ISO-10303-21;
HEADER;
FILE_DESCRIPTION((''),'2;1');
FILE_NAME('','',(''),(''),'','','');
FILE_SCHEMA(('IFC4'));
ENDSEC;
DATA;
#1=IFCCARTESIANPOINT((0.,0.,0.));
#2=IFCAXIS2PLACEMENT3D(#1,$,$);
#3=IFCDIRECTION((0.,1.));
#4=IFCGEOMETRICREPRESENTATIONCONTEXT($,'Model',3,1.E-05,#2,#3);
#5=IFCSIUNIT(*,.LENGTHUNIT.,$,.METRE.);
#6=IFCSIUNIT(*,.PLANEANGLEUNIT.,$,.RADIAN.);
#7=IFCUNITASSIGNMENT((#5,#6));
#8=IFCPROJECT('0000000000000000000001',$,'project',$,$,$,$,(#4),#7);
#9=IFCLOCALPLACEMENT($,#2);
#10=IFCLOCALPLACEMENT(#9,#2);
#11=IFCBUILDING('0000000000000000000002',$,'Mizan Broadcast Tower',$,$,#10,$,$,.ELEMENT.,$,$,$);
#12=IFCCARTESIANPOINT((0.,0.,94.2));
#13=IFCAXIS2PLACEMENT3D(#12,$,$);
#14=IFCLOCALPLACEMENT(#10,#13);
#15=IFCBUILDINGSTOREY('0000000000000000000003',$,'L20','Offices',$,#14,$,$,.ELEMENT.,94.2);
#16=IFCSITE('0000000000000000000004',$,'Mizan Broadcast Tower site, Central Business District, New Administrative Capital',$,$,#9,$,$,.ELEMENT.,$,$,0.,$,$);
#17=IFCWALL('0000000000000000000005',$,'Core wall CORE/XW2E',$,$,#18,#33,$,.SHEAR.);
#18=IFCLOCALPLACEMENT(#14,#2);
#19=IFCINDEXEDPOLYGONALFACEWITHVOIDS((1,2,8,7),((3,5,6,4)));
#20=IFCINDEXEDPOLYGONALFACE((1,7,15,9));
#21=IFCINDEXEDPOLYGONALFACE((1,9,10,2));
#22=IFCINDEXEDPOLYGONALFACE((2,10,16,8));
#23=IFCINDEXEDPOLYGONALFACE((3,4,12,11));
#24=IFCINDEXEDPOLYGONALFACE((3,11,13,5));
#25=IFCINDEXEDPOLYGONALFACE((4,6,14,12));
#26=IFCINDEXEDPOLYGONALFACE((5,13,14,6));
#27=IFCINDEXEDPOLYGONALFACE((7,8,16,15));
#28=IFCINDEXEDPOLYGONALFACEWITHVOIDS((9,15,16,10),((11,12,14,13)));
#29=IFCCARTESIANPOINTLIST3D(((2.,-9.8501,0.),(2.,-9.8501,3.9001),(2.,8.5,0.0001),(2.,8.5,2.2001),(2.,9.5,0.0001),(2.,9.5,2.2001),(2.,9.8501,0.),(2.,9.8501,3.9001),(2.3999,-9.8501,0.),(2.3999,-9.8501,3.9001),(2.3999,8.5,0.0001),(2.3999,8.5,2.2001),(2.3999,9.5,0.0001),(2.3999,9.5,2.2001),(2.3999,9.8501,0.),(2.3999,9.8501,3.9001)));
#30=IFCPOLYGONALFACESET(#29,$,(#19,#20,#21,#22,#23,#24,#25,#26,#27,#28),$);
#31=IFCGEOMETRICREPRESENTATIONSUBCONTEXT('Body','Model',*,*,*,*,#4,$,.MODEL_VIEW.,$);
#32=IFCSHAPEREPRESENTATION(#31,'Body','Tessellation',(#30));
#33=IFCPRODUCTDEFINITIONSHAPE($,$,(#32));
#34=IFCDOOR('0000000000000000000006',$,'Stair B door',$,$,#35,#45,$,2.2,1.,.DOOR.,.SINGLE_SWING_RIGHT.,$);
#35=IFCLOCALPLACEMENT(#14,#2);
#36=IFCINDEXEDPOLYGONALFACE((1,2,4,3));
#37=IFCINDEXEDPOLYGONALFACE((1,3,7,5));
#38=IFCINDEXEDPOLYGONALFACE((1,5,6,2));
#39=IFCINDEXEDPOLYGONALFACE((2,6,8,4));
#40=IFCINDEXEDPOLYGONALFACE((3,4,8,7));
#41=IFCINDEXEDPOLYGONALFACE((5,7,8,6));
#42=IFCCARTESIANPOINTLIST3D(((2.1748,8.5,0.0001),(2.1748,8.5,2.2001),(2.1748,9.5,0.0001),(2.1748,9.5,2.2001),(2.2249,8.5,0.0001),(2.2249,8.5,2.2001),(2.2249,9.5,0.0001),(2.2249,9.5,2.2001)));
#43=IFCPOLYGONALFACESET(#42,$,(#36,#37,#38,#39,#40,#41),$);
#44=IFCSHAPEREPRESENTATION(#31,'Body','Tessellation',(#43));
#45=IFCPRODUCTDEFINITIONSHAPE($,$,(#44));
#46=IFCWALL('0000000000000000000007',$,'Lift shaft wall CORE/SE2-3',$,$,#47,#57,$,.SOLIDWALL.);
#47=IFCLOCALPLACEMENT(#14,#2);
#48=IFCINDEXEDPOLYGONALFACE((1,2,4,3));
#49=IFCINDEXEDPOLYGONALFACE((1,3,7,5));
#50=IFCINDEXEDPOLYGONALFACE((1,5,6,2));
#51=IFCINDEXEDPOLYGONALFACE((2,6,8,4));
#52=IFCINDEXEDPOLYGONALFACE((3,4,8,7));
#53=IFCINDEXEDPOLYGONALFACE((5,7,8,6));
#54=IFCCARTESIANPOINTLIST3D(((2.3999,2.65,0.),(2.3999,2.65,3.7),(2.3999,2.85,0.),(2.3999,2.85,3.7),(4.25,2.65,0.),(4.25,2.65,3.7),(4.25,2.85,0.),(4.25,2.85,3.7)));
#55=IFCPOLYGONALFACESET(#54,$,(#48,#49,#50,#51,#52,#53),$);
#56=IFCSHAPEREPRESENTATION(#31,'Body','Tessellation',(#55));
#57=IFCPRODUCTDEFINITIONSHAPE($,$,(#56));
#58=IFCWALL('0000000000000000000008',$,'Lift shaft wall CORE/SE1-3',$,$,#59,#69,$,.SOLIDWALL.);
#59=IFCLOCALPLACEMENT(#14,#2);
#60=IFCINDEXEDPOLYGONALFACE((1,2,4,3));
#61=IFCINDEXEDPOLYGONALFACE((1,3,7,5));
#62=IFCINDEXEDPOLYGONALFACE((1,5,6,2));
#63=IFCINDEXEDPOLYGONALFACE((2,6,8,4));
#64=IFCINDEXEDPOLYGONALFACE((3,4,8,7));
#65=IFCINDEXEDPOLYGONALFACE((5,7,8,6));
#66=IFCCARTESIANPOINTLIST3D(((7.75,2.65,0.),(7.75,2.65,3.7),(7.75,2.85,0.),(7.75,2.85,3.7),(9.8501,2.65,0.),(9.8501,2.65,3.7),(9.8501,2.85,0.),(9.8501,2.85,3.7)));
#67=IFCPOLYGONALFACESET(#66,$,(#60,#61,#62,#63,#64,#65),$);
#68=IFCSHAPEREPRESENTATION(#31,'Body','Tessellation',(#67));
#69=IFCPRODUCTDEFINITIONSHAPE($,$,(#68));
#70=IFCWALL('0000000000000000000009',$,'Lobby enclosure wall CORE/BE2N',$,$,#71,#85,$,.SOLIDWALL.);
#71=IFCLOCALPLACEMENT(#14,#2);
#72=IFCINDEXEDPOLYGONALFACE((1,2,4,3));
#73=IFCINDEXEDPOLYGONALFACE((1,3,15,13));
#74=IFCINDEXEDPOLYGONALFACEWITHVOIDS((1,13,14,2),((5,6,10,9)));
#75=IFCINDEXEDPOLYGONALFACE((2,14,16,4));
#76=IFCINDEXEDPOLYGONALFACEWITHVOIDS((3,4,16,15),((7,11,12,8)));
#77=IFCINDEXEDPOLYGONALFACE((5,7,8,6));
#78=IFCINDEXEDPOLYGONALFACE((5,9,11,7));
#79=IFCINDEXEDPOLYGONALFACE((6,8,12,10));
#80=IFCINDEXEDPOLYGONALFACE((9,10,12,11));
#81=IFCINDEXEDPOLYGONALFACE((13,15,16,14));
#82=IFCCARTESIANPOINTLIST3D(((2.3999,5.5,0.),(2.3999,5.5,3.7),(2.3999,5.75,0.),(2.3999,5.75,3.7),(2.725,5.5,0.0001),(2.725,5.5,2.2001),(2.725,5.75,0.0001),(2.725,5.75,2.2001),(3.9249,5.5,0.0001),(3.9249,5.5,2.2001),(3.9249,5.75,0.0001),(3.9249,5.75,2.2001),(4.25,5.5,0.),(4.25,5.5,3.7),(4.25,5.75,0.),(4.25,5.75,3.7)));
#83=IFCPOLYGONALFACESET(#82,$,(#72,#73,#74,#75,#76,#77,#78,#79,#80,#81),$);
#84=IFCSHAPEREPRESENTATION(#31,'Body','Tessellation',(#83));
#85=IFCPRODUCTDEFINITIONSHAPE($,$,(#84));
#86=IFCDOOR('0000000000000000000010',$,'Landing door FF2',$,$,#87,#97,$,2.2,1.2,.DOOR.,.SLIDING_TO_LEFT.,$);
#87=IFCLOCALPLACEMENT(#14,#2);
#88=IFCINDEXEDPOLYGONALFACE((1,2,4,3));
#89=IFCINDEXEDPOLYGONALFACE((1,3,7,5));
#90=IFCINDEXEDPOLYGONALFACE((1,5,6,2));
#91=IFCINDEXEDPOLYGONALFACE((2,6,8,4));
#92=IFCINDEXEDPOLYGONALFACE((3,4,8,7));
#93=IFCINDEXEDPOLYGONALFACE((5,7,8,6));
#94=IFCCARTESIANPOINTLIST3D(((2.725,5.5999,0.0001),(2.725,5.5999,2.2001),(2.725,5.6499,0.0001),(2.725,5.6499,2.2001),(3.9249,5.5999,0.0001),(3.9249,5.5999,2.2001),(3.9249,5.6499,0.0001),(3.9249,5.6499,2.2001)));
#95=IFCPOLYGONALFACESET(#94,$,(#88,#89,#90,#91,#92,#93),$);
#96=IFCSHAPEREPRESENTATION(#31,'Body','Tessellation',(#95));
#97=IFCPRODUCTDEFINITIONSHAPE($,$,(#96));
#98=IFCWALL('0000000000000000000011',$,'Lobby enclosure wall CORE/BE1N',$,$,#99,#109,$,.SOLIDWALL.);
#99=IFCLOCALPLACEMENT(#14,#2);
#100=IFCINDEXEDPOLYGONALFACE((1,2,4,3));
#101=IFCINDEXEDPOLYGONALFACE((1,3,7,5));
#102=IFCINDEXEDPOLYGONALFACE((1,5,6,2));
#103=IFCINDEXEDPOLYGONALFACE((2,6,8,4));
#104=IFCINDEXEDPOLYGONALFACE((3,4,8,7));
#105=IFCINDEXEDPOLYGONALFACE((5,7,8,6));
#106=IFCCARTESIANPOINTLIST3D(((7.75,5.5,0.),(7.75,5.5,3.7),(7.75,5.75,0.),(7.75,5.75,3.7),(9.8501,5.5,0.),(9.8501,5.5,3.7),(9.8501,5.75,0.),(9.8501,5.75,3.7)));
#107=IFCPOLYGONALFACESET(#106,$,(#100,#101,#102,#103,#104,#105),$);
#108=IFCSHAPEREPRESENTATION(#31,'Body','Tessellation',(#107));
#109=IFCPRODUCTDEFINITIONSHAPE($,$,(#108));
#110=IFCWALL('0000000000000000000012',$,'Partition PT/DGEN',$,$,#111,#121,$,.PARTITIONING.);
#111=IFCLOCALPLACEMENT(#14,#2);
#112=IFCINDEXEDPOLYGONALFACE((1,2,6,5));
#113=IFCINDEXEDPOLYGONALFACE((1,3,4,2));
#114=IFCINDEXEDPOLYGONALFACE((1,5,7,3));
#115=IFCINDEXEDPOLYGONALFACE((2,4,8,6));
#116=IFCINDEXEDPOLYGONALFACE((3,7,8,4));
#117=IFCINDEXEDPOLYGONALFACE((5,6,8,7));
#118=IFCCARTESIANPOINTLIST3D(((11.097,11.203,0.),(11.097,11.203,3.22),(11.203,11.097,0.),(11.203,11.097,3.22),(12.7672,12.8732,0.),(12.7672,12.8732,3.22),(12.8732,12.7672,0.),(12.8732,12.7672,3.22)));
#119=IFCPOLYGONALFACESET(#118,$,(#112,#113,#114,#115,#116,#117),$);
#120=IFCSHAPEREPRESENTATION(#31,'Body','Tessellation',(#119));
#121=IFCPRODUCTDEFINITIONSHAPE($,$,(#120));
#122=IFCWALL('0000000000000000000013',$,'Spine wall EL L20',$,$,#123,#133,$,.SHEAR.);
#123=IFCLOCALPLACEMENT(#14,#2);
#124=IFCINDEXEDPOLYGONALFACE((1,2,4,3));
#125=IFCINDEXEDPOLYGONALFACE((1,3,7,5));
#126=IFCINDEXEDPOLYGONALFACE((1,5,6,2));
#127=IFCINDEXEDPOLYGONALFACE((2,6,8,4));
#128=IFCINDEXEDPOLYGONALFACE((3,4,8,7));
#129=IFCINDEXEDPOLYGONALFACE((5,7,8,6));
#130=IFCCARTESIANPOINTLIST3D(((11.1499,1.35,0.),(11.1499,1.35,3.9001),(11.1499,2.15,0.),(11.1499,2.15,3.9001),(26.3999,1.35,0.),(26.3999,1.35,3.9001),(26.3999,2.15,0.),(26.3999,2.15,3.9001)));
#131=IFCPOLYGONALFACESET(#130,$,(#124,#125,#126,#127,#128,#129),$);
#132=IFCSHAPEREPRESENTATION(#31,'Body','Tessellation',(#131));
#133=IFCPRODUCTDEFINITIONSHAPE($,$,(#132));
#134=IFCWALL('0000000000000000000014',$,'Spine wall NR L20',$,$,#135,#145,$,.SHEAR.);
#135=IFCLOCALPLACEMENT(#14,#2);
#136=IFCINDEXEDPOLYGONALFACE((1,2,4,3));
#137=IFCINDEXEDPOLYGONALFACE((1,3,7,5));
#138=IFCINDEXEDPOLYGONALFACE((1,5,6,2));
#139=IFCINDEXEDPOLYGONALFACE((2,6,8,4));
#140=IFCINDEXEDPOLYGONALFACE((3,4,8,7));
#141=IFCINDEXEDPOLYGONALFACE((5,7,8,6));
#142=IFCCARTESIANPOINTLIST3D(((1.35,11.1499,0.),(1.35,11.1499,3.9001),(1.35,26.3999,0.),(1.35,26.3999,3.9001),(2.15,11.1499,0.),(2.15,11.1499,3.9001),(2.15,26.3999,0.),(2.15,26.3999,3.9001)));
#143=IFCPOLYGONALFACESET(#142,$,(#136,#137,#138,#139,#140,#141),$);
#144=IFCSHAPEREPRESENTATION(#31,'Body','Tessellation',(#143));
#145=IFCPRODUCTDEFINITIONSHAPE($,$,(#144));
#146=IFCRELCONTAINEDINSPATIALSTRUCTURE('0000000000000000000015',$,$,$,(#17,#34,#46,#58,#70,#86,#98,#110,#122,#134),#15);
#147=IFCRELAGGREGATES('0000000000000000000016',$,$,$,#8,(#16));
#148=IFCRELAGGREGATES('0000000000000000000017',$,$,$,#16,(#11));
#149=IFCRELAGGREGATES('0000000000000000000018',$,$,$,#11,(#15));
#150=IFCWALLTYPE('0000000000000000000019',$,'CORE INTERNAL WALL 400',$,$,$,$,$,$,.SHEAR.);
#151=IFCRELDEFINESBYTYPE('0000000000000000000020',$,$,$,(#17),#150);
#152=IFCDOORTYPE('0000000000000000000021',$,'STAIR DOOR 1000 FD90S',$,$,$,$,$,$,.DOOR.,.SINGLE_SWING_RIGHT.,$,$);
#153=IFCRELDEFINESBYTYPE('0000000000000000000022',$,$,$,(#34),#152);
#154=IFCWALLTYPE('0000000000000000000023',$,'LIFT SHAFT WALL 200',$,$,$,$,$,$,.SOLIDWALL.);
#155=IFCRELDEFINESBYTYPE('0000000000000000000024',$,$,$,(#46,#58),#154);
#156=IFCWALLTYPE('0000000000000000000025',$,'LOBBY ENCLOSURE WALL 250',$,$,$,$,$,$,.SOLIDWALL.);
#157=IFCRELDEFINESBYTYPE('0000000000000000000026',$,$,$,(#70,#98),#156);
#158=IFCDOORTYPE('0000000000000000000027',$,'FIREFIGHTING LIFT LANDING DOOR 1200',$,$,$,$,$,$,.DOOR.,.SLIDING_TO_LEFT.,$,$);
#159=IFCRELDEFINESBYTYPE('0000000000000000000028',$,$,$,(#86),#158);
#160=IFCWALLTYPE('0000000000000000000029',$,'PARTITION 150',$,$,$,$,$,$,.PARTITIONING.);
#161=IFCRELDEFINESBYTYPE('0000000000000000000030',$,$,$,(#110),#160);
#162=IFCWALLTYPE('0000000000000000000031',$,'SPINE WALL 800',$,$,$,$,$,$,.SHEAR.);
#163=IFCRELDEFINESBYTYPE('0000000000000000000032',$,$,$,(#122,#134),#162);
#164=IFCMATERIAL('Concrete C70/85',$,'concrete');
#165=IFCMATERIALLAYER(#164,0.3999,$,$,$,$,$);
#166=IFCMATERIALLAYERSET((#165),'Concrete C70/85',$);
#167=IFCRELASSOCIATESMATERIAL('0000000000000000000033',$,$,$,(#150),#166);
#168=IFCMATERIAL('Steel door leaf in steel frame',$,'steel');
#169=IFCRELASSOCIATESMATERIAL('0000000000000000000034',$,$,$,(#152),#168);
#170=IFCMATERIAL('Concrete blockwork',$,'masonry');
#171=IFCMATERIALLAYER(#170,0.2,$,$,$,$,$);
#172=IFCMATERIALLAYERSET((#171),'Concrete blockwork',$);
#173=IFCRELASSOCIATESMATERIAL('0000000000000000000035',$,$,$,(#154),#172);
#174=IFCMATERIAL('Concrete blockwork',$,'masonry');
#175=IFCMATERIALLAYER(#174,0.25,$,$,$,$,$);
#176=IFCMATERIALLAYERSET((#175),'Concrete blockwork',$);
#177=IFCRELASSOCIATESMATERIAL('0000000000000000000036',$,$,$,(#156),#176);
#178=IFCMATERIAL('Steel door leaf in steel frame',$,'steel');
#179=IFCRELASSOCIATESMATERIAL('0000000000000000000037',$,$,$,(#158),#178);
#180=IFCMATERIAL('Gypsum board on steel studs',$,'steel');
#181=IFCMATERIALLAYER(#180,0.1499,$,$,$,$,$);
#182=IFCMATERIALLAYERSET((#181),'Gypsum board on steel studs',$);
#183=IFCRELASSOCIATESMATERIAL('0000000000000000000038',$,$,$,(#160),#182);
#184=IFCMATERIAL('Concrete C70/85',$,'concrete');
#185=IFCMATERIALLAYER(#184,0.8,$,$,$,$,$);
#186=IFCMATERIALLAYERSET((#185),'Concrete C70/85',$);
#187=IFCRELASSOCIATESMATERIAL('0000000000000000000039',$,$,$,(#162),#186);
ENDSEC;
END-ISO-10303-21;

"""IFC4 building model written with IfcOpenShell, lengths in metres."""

from ifc_helpers import new_model, si_unit, direction, frame, frame_2d, origin, place, context, subcontext, project, spatial, rectangle, extrude, material, layer, layer_set, type_object, element, fill, save


model = new_model("IFC4")

# Units and contexts
model_context = context("Model", 3, precision=1e-05, world=origin(), true_north=direction((0.0, 1.0)))
body_context = subcontext(model_context, "Body", "Model", "MODEL_VIEW")
ifc_project = project(units=[si_unit("LENGTHUNIT", "METRE"), si_unit("PLANEANGLEUNIT", "RADIAN")], contexts=[model_context])

# Site, building, storey
site_placement = place(None, origin())
site = spatial("IfcSite", under=ifc_project, at=site_placement, Name="Mizan Broadcast Tower site, Central Business District, New Administrative Capital", CompositionType="ELEMENT", RefElevation=0.0)
building_placement = place(site_placement, origin())
building = spatial("IfcBuilding", under=site, at=building_placement, Name="Mizan Broadcast Tower", CompositionType="ELEMENT")
storey_placement = place(building_placement, frame((0.0, 0.0, 94.2)))
storey = spatial("IfcBuildingStorey", under=building, at=storey_placement, Name="L20", Description="Offices", CompositionType="ELEMENT", Elevation=94.2)

# Shared definitions
ifc_material_1 = material(Name="Concrete C70/85", Category="concrete")
ifc_layer_1 = layer(ifc_material_1, 0.3999)
ifc_layer_set_1 = layer_set([ifc_layer_1], Name="Concrete C70/85")
wall_type_1 = type_object("IfcWallType", Name="CORE INTERNAL WALL 400", PredefinedType="SHEAR", material=ifc_layer_set_1)

# Wall, opening, door
wall_1_placement = place(storey_placement, frame((2.2, 9.8501, 0.0), z_axis=(0.0, 0.0, 1.0), x_axis=(0.0, -1.0, 0.0)))
wall_1 = element("IfcWall", 1, at=wall_1_placement, inside=storey, type_object=wall_type_1, Name="Core wall CORE/XW2E", PredefinedType="SHEAR", context=body_context, shape_type="SweptSolid", body=[
    extrude(rectangle(XDim=19.7002, YDim=0.3999, at=frame_2d((9.8501, 0.0))), origin(), (0.0, 0.0, 1.0), 3.9001),
])
opening_1_placement = place(wall_1_placement, frame((0.3501, 0.0, 0.0)))
opening_1 = element("IfcOpeningElement", 2, at=opening_1_placement, cuts=wall_1, PredefinedType="OPENING", context=body_context, shape_type="SweptSolid", body=[
    extrude(rectangle(XDim=1.0, YDim=2.2, at=frame_2d((0.5, 1.1001))), frame((0.0, 0.21, 0.0), z_axis=(0.0, -1.0, 0.0), x_axis=(1.0, 0.0, 0.0)), (0.0, 0.0, 1.0), 0.4199),
])
ifc_material_2 = material(Name="Steel door leaf in steel frame", Category="steel")
door_type_1 = type_object("IfcDoorType", Name="STAIR DOOR 1000 FD90S", OperationType="SINGLE_SWING_RIGHT", PredefinedType="DOOR", material=ifc_material_2)
door_1_placement = place(opening_1_placement, origin())
door_1 = element("IfcDoor", 3, at=door_1_placement, inside=storey, type_object=door_type_1, Name="Stair B door", OperationType="SINGLE_SWING_RIGHT", OverallHeight=2.2, OverallWidth=1.0, PredefinedType="DOOR", context=body_context, shape_type="SweptSolid", body=[
    extrude(rectangle(XDim=1.0, YDim=2.2, at=frame_2d((0.5, 1.1001))), frame((0.0, 0.0249, 0.0), z_axis=(0.0, -1.0, 0.0), x_axis=(1.0, 0.0, 0.0)), (0.0, 0.0, 1.0), 0.05),
])
fill(opening_1, door_1)

# Walls
ifc_material_3 = material(Name="Concrete blockwork", Category="masonry")
ifc_layer_2 = layer(ifc_material_3, 0.2)
ifc_layer_set_2 = layer_set([ifc_layer_2], Name="Concrete blockwork")
wall_type_2 = type_object("IfcWallType", Name="LIFT SHAFT WALL 200", PredefinedType="SOLIDWALL", material=ifc_layer_set_2)
wall_2_placement = place(storey_placement, frame((2.3999, 2.75, 0.0), z_axis=(0.0, 0.0, 1.0), x_axis=(1.0, 0.0, 0.0)))
element("IfcWall", 4, at=wall_2_placement, inside=storey, type_object=wall_type_2, Name="Lift shaft wall CORE/SE2-3", PredefinedType="SOLIDWALL", context=body_context, shape_type="SweptSolid", body=[
    extrude(rectangle(XDim=1.8501, YDim=0.2, at=frame_2d((0.925, 0.0))), origin(), (0.0, 0.0, 1.0), 3.7),
])
wall_3_placement = place(storey_placement, frame((7.75, 2.75, 0.0), z_axis=(0.0, 0.0, 1.0), x_axis=(1.0, 0.0, 0.0)))
element("IfcWall", 5, at=wall_3_placement, inside=storey, type_object=wall_type_2, Name="Lift shaft wall CORE/SE1-3", PredefinedType="SOLIDWALL", context=body_context, shape_type="SweptSolid", body=[
    extrude(rectangle(XDim=2.1001, YDim=0.2, at=frame_2d((1.05, 0.0))), origin(), (0.0, 0.0, 1.0), 3.7),
])

# Wall, opening, door
ifc_material_4 = material(Name="Concrete blockwork", Category="masonry")
ifc_layer_3 = layer(ifc_material_4, 0.25)
ifc_layer_set_3 = layer_set([ifc_layer_3], Name="Concrete blockwork")
wall_type_3 = type_object("IfcWallType", Name="LOBBY ENCLOSURE WALL 250", PredefinedType="SOLIDWALL", material=ifc_layer_set_3)
wall_4_placement = place(storey_placement, frame((2.3999, 5.625, 0.0), z_axis=(0.0, 0.0, 1.0), x_axis=(1.0, 0.0, 0.0)))
wall_4 = element("IfcWall", 6, at=wall_4_placement, inside=storey, type_object=wall_type_3, Name="Lobby enclosure wall CORE/BE2N", PredefinedType="SOLIDWALL", context=body_context, shape_type="SweptSolid", body=[
    extrude(rectangle(XDim=1.8501, YDim=0.25, at=frame_2d((0.925, 0.0))), origin(), (0.0, 0.0, 1.0), 3.7),
])
opening_2_placement = place(wall_4_placement, frame((0.325, 0.0, 0.0)))
opening_2 = element("IfcOpeningElement", 7, at=opening_2_placement, cuts=wall_4, PredefinedType="OPENING", context=body_context, shape_type="SweptSolid", body=[
    extrude(rectangle(XDim=1.2, YDim=2.2, at=frame_2d((0.6001, 1.1001))), frame((0.0, 0.135, 0.0), z_axis=(0.0, -1.0, 0.0), x_axis=(1.0, 0.0, 0.0)), (0.0, 0.0, 1.0), 0.27),
])
ifc_material_5 = material(Name="Steel door leaf in steel frame", Category="steel")
door_type_2 = type_object("IfcDoorType", Name="FIREFIGHTING LIFT LANDING DOOR 1200", OperationType="SLIDING_TO_LEFT", PredefinedType="DOOR", material=ifc_material_5)
door_2_placement = place(opening_2_placement, origin())
door_2 = element("IfcDoor", 8, at=door_2_placement, inside=storey, type_object=door_type_2, Name="Landing door FF2", OperationType="SLIDING_TO_LEFT", OverallHeight=2.2, OverallWidth=1.2, PredefinedType="DOOR", context=body_context, shape_type="SweptSolid", body=[
    extrude(rectangle(XDim=1.2, YDim=2.2, at=frame_2d((0.6001, 1.1001))), frame((0.0, 0.0249, 0.0), z_axis=(0.0, -1.0, 0.0), x_axis=(1.0, 0.0, 0.0)), (0.0, 0.0, 1.0), 0.05),
])
fill(opening_2, door_2)

# Walls
wall_5_placement = place(storey_placement, frame((7.75, 5.625, 0.0), z_axis=(0.0, 0.0, 1.0), x_axis=(1.0, 0.0, 0.0)))
element("IfcWall", 9, at=wall_5_placement, inside=storey, type_object=wall_type_3, Name="Lobby enclosure wall CORE/BE1N", PredefinedType="SOLIDWALL", context=body_context, shape_type="SweptSolid", body=[
    extrude(rectangle(XDim=2.1001, YDim=0.25, at=frame_2d((1.05, 0.0))), origin(), (0.0, 0.0, 1.0), 3.7),
])
ifc_material_6 = material(Name="Gypsum board on steel studs", Category="steel")
ifc_layer_4 = layer(ifc_material_6, 0.1499)
ifc_layer_set_4 = layer_set([ifc_layer_4], Name="Gypsum board on steel studs")
wall_type_4 = type_object("IfcWallType", Name="PARTITION 150", PredefinedType="PARTITIONING", material=ifc_layer_set_4)
wall_6_placement = place(storey_placement, frame((11.1499, 11.1499, 0.0), z_axis=(0.0, 0.0, 1.0), x_axis=(0.707107, 0.707107, 0.0)))
element("IfcWall", 10, at=wall_6_placement, inside=storey, type_object=wall_type_4, Name="Partition PT/DGEN", PredefinedType="PARTITIONING", context=body_context, shape_type="SweptSolid", body=[
    extrude(rectangle(XDim=2.3621, YDim=0.1499, at=frame_2d((1.1812, 0.0))), origin(), (0.0, 0.0, 1.0), 3.22),
])
ifc_material_7 = material(Name="Concrete C70/85", Category="concrete")
ifc_layer_5 = layer(ifc_material_7, 0.8)
ifc_layer_set_5 = layer_set([ifc_layer_5], Name="Concrete C70/85")
wall_type_5 = type_object("IfcWallType", Name="SPINE WALL 800", PredefinedType="SHEAR", material=ifc_layer_set_5)
for number, where, z_axis, x_axis, name in (
    (11, (11.1499, 1.75, 0.0), (0.0, 0.0, 1.0), (1.0, 0.0, 0.0), "Spine wall EL L20"),
    (12, (1.75, 11.1499, 0.0), (0.0, 0.0, 1.0), (0.0, 1.0, 0.0), "Spine wall NR L20"),
):
    element("IfcWall", number, at=place(storey_placement, frame(where, z_axis=z_axis, x_axis=x_axis)), inside=storey, type_object=wall_type_5, Name=name, PredefinedType="SHEAR", context=body_context, shape_type="SweptSolid", body=[
        extrude(rectangle(XDim=15.25, YDim=0.8, at=frame_2d((7.625, 0.0))), origin(), (0.0, 0.0, 1.0), 3.9001),
    ])

save(model, "model.ifc")
